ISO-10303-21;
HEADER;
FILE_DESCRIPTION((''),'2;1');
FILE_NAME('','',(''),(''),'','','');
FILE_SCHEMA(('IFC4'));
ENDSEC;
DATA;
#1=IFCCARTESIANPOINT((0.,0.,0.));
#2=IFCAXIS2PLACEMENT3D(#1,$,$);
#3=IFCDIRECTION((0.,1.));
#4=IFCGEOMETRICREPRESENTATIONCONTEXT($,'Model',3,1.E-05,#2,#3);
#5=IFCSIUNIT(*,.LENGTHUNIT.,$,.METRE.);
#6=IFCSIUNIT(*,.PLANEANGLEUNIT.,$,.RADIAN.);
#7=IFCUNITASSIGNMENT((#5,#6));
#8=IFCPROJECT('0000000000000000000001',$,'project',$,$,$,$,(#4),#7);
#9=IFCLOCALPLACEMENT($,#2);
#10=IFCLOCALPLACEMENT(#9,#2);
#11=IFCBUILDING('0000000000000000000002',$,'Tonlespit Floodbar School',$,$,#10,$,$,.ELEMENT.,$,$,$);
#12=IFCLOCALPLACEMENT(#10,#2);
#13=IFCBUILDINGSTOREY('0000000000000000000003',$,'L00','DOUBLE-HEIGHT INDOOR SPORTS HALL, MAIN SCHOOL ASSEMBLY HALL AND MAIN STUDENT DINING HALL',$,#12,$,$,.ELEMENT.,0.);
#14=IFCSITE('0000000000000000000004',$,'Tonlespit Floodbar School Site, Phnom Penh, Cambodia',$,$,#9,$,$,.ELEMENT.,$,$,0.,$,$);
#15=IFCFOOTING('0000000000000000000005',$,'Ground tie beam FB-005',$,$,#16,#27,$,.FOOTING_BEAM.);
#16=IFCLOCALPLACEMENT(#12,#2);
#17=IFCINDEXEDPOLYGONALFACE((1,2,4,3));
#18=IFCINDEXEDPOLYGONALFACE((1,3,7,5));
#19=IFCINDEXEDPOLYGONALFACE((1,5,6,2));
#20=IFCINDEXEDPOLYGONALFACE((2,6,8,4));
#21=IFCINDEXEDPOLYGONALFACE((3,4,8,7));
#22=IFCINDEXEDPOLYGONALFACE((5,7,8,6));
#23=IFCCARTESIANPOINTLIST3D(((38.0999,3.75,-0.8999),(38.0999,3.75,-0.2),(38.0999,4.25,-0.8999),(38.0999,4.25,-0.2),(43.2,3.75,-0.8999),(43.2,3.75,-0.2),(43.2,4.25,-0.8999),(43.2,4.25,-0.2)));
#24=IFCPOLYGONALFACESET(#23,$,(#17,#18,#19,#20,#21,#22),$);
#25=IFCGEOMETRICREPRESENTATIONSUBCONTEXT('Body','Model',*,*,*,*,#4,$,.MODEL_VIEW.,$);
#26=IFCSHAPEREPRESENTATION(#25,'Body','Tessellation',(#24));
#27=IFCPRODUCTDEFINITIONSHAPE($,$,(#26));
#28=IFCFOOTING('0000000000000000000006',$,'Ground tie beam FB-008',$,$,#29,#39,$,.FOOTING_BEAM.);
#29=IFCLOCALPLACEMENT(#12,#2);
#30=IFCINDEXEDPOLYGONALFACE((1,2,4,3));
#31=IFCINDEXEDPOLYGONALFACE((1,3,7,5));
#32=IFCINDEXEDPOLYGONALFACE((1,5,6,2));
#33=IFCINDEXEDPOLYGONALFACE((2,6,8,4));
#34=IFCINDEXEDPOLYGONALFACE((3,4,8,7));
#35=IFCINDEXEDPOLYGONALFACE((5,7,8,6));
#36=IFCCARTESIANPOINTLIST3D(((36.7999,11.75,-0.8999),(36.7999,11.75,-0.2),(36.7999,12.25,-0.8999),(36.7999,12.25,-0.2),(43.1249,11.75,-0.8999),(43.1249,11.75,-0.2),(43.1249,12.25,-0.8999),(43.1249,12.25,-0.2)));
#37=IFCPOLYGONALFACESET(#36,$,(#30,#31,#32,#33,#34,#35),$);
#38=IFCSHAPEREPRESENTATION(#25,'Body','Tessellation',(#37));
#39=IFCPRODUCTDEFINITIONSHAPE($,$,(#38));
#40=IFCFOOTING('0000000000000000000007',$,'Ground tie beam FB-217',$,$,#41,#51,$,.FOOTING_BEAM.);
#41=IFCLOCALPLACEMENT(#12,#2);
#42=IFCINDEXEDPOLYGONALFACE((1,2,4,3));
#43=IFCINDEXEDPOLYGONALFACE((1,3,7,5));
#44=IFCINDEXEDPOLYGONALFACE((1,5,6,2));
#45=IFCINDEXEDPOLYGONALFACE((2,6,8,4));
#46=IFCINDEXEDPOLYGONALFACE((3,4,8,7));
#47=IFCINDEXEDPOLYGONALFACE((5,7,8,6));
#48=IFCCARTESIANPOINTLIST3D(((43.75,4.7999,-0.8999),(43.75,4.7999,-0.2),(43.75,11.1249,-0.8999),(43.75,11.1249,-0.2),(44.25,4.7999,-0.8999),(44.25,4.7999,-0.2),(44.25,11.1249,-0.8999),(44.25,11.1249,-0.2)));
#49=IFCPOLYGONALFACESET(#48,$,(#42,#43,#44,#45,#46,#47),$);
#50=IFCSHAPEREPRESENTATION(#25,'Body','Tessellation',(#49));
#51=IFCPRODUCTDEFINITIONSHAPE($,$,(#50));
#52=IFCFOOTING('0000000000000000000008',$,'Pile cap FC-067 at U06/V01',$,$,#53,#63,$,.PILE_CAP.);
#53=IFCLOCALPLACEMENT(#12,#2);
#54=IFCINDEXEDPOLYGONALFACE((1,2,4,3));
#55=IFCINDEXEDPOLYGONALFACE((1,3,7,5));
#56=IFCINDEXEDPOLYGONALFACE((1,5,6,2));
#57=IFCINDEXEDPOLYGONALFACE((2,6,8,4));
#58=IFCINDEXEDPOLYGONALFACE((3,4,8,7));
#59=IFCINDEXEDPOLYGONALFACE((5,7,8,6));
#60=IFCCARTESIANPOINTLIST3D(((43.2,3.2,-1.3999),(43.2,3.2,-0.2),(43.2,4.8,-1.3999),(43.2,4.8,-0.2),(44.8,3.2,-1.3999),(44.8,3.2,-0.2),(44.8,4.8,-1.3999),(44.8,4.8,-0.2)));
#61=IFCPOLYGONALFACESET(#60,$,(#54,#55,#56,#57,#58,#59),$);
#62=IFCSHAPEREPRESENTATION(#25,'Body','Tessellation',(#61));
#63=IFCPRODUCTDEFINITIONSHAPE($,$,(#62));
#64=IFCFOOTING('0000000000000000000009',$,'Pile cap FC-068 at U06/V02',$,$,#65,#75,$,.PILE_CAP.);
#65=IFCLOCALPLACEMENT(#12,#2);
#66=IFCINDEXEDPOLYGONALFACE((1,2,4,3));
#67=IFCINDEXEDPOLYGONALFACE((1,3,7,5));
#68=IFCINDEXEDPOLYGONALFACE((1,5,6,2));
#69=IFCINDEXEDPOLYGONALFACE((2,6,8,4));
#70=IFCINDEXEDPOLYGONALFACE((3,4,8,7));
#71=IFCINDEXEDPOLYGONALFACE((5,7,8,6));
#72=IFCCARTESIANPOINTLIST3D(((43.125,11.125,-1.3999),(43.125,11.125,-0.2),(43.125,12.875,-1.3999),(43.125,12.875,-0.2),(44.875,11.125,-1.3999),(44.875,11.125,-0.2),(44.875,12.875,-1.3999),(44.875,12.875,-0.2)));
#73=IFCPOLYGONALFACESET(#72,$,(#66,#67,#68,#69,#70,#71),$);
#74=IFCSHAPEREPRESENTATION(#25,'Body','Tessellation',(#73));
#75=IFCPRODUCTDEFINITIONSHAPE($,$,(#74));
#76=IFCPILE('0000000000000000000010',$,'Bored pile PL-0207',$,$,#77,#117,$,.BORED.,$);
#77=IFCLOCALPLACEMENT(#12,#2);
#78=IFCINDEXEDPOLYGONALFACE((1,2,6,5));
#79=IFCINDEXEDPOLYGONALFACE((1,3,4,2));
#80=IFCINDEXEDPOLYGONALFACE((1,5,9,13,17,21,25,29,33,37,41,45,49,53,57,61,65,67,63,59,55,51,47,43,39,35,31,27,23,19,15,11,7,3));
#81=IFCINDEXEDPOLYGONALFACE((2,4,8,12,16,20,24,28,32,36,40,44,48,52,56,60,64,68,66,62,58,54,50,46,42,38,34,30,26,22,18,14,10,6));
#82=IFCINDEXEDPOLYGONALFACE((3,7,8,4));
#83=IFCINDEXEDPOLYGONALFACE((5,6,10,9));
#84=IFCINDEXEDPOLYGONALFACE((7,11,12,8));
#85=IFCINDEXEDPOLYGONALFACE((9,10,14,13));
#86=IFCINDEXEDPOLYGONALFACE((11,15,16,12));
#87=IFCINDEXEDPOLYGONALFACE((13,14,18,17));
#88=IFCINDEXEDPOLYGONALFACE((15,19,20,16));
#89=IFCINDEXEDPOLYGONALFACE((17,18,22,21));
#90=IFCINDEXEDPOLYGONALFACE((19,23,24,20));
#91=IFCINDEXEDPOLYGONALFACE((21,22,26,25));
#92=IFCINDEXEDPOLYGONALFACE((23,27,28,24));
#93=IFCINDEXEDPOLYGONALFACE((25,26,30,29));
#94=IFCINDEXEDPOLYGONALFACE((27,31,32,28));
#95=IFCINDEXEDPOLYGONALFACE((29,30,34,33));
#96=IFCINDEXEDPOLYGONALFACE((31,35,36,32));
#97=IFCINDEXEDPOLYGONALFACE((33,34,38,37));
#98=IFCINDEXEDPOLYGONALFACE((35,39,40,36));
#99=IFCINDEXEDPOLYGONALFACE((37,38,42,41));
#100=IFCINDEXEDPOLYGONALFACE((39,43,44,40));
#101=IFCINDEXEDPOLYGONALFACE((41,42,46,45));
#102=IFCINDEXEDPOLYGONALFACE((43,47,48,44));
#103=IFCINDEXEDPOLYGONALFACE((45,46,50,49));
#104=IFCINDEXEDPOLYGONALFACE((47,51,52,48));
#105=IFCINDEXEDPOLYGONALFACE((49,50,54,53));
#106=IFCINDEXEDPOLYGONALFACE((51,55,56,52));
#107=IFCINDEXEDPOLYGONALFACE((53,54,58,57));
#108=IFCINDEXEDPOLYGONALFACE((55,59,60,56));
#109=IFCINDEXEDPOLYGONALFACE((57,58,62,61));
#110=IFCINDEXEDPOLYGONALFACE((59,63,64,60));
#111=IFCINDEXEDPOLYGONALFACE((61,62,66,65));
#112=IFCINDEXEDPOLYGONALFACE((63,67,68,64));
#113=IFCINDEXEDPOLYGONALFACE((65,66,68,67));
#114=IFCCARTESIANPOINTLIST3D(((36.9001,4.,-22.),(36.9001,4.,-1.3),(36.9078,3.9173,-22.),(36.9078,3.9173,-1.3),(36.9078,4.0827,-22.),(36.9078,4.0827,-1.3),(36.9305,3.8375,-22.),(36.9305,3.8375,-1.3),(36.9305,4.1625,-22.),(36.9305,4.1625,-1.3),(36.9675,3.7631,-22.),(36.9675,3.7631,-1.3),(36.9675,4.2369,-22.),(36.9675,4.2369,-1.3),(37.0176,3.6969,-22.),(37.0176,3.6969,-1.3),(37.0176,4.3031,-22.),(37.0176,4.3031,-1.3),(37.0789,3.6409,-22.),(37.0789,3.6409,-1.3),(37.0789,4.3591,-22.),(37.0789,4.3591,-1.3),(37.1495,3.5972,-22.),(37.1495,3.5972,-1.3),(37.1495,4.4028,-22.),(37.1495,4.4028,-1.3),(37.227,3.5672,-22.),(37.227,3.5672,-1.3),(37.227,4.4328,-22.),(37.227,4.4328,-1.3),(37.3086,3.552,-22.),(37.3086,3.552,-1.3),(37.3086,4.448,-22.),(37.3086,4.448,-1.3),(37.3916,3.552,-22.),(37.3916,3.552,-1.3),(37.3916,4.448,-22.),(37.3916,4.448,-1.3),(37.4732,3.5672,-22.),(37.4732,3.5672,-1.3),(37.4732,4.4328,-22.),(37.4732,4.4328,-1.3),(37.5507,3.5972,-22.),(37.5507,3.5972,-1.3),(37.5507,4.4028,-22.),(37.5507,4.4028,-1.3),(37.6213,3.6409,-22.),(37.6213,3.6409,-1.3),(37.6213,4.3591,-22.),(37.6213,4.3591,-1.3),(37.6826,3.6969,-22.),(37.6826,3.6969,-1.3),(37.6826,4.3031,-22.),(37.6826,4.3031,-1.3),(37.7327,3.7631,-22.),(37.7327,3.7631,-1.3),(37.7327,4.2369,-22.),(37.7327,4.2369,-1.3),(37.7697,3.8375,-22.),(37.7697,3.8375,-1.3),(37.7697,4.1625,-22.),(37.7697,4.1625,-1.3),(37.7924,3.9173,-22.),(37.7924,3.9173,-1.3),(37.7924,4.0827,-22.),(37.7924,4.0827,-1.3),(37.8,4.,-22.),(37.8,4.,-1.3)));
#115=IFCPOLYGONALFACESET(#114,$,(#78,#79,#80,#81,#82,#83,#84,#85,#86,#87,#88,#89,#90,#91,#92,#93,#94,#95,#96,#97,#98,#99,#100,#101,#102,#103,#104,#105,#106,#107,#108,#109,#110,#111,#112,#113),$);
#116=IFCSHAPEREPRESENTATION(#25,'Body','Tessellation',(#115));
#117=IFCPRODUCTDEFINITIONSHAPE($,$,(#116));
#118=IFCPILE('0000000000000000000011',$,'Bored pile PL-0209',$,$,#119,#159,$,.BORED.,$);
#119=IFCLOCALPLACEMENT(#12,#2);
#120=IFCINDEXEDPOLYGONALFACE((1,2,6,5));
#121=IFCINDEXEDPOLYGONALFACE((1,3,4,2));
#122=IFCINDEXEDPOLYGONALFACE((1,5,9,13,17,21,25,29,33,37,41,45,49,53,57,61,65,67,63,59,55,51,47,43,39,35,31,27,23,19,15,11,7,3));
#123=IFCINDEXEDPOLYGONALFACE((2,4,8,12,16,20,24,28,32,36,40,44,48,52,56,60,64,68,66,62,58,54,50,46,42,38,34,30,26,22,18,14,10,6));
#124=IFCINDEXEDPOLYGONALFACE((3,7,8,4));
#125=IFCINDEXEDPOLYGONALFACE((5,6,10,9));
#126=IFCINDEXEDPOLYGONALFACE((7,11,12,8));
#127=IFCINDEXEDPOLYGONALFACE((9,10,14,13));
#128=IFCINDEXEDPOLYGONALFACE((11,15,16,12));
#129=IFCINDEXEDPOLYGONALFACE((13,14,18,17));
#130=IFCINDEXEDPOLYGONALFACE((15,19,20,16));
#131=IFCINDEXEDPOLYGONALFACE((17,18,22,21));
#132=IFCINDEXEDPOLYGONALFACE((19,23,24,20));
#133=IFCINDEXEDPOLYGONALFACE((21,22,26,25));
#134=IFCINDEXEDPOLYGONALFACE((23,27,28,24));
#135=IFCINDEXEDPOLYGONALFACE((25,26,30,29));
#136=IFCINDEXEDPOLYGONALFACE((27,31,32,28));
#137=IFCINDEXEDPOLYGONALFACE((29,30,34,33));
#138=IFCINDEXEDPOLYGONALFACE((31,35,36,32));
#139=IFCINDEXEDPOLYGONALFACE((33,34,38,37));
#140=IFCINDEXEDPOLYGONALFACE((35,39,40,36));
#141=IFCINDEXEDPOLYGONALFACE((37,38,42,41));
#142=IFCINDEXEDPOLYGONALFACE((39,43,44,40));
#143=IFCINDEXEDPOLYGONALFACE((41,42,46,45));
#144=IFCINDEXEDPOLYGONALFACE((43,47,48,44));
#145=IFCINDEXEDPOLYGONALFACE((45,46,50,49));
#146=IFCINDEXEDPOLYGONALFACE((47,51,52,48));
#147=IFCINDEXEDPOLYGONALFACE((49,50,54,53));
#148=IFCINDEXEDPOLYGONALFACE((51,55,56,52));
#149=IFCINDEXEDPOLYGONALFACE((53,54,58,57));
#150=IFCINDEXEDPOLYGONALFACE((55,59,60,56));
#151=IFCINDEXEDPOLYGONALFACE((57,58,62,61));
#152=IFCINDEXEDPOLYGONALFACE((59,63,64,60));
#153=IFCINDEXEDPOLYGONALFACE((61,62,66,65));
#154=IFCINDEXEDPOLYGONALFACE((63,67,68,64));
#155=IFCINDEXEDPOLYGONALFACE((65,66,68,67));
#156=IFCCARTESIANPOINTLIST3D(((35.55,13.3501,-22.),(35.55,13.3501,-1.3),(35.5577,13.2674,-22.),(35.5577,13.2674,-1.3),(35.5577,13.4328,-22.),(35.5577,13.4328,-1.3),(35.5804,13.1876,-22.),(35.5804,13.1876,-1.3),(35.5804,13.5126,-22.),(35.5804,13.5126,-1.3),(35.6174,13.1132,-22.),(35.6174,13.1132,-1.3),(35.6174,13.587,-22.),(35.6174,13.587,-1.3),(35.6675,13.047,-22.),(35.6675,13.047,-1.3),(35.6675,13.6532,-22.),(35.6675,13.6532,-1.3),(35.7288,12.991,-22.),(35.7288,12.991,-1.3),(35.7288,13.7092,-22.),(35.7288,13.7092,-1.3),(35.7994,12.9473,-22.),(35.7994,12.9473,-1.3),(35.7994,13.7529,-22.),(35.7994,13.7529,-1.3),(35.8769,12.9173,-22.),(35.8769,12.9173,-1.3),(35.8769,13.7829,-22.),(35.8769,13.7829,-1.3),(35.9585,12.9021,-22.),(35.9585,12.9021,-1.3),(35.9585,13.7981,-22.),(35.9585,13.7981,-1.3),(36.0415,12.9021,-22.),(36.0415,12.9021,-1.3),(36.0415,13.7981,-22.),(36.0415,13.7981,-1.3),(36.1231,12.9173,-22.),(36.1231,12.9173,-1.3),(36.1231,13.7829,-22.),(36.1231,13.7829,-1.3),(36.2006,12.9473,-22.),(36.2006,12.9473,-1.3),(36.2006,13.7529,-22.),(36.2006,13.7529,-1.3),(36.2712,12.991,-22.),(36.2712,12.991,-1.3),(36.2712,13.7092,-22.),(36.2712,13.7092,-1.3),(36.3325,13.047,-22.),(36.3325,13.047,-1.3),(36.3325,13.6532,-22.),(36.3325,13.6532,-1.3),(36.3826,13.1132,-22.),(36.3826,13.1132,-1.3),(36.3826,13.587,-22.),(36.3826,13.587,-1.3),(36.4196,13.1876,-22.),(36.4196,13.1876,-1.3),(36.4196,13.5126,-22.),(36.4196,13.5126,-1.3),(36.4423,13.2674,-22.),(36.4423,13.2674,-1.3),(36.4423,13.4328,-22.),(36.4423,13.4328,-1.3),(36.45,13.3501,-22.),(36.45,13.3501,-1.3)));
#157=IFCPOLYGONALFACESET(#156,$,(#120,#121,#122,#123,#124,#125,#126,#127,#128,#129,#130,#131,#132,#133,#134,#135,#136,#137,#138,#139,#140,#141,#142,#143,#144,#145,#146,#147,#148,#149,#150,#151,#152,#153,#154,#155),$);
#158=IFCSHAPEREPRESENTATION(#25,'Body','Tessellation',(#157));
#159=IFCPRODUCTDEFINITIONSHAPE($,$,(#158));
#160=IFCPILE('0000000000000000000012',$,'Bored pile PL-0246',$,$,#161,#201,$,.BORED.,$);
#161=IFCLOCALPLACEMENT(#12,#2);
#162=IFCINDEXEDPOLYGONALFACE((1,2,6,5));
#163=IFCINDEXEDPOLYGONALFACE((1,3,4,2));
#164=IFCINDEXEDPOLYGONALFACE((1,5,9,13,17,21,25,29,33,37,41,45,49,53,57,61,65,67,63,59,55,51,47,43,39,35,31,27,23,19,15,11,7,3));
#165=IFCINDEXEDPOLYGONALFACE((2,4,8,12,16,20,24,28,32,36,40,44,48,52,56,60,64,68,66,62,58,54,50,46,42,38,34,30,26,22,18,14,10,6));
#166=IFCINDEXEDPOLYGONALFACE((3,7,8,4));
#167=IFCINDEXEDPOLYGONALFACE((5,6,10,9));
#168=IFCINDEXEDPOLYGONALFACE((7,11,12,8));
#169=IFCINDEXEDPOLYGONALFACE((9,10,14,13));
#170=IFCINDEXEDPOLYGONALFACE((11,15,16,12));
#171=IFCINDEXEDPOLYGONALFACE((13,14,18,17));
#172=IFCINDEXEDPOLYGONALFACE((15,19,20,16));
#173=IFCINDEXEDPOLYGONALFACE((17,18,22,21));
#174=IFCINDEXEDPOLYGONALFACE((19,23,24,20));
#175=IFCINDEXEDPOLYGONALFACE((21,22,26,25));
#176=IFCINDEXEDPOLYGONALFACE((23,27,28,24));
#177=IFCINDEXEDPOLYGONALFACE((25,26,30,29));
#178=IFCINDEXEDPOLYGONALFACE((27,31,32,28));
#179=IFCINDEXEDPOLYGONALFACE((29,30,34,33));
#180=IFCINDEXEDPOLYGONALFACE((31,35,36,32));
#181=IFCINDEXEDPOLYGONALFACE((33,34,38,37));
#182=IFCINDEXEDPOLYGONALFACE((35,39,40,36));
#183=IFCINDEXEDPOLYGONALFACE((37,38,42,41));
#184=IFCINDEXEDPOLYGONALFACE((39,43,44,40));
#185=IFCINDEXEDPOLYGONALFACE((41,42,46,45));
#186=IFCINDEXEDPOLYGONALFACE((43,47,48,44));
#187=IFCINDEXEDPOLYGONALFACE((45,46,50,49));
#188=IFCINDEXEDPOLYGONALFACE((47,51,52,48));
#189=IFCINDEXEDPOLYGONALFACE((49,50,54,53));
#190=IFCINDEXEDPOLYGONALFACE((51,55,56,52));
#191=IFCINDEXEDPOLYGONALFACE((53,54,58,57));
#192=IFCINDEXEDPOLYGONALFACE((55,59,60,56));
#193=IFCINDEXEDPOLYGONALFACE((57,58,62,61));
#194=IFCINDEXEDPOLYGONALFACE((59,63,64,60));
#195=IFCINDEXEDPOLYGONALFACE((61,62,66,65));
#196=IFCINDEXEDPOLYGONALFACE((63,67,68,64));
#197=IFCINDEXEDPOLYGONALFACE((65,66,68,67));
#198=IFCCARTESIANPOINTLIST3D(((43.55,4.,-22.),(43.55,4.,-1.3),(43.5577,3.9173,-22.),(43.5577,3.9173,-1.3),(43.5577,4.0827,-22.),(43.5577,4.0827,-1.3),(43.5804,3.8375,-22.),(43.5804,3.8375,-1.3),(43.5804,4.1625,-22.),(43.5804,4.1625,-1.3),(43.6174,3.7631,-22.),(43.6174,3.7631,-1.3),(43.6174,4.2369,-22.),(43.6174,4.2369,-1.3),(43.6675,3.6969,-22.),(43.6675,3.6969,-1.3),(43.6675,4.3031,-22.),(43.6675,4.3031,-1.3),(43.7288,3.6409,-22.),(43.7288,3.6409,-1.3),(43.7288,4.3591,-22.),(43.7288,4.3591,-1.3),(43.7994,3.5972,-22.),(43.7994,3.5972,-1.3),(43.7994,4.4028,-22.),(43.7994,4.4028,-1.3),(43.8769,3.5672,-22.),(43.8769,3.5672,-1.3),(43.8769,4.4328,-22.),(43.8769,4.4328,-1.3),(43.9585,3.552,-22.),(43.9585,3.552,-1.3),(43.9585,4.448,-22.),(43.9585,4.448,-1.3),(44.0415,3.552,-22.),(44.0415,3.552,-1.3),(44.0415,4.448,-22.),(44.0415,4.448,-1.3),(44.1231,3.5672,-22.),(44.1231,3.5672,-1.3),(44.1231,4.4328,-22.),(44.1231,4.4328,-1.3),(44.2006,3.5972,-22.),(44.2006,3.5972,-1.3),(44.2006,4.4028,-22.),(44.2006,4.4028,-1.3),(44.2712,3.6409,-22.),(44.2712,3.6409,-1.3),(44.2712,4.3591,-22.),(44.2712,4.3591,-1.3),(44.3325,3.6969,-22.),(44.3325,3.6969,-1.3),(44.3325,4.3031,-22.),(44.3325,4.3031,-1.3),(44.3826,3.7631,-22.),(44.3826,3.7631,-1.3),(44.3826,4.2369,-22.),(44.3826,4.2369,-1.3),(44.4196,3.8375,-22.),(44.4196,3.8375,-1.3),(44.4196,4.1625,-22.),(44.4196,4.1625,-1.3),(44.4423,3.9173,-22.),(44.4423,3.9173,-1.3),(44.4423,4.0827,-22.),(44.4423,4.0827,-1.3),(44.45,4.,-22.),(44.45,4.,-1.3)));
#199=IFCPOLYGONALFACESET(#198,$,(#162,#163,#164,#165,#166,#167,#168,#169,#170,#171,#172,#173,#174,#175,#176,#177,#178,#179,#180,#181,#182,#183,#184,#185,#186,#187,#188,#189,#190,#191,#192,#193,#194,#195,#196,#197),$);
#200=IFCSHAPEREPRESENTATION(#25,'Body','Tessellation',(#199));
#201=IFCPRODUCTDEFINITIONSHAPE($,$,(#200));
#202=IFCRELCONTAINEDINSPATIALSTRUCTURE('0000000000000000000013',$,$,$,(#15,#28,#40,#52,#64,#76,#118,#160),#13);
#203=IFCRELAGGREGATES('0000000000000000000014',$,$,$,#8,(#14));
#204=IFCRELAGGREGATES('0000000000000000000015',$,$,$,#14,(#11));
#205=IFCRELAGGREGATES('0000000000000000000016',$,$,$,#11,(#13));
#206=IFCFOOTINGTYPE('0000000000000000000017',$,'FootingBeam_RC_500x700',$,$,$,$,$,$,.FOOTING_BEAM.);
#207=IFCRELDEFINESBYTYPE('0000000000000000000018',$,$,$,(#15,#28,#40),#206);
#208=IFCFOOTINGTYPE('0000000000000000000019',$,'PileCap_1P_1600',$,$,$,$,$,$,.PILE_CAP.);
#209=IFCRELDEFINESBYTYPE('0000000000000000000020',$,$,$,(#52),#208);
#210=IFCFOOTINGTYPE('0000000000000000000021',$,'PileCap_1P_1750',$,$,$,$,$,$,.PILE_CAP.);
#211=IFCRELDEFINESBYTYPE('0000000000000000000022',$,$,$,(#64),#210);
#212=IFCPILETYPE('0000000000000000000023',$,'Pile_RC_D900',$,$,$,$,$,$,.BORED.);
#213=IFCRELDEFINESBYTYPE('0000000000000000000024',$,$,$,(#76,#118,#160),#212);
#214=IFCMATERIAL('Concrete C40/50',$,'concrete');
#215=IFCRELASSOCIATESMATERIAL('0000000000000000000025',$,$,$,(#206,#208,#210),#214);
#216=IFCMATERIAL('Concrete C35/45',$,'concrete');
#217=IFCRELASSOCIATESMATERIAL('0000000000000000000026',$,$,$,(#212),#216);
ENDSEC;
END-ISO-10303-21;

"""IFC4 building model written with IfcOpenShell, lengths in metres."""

from ifc_helpers import new_model, si_unit, direction, frame, origin, origin_2d, place, context, subcontext, project, spatial, rectangle, circle, extrude, material, material_profile, profile_set, type_object, element, save


model = new_model("IFC4")

# Units and contexts
model_context = context("Model", 3, precision=1e-05, world=origin(), true_north=direction((0.0, 1.0)))
body_context = subcontext(model_context, "Body", "Model", "MODEL_VIEW")
ifc_project = project(units=[si_unit("LENGTHUNIT", "METRE"), si_unit("PLANEANGLEUNIT", "RADIAN")], contexts=[model_context])

# Site, building, storey
site_placement = place(None, origin())
site = spatial("IfcSite", under=ifc_project, at=site_placement, Name="Tonlespit Floodbar School Site, Phnom Penh, Cambodia", CompositionType="ELEMENT", RefElevation=0.0)
building_placement = place(site_placement, origin())
building = spatial("IfcBuilding", under=site, at=building_placement, Name="Tonlespit Floodbar School", CompositionType="ELEMENT")
storey_placement = place(building_placement, origin())
storey = spatial("IfcBuildingStorey", under=building, at=storey_placement, Name="L00", Description="DOUBLE-HEIGHT INDOOR SPORTS HALL, MAIN SCHOOL ASSEMBLY HALL AND MAIN STUDENT DINING HALL", CompositionType="ELEMENT", Elevation=0.0)

# Footings
ifc_material_1 = material(Name="Concrete C40/50", Category="concrete")
footing_type_1 = type_object("IfcFootingType", Name="FootingBeam_RC_500x700", PredefinedType="FOOTING_BEAM", material=ifc_material_1)
footing_1_placement = place(storey_placement, frame((40.6499, 4.0, -0.8999), z_axis=(0.0, 0.0, 1.0), x_axis=(1.0, 0.0, 0.0)))
element("IfcFooting", 1, at=footing_1_placement, inside=storey, type_object=footing_type_1, Name="Ground tie beam FB-005", PredefinedType="FOOTING_BEAM", context=body_context, shape_type="SweptSolid", body=[
    extrude(rectangle(XDim=5.1001, YDim=0.5, at=origin_2d()), origin(), (0.0, 0.0, 1.0), 0.7),
])
for number, where, z_axis, x_axis, name in (
    (2, (39.9624, 12.0, -0.8999), (0.0, 0.0, 1.0), (1.0, 0.0, 0.0), "Ground tie beam FB-008"),
    (3, (44.0, 7.9624, -0.8999), (0.0, 0.0, 1.0), (0.0, 1.0, 0.0), "Ground tie beam FB-217"),
):
    element("IfcFooting", number, at=place(storey_placement, frame(where, z_axis=z_axis, x_axis=x_axis)), inside=storey, type_object=footing_type_1, Name=name, PredefinedType="FOOTING_BEAM", context=body_context, shape_type="SweptSolid", body=[
        extrude(rectangle(XDim=6.325, YDim=0.5, at=origin_2d()), origin(), (0.0, 0.0, 1.0), 0.7),
    ])
footing_type_2 = type_object("IfcFootingType", Name="PileCap_1P_1600", PredefinedType="PILE_CAP", material=ifc_material_1)
footing_2_placement = place(storey_placement, frame((44.0, 4.0, -1.3999), z_axis=(0.0, 0.0, 1.0), x_axis=(1.0, 0.0, 0.0)))
element("IfcFooting", 4, at=footing_2_placement, inside=storey, type_object=footing_type_2, Name="Pile cap FC-067 at U06/V01", PredefinedType="PILE_CAP", context=body_context, shape_type="SweptSolid", body=[
    extrude(rectangle(XDim=1.6001, YDim=1.6001, at=origin_2d()), origin(), (0.0, 0.0, 1.0), 1.2),
])
footing_type_3 = type_object("IfcFootingType", Name="PileCap_1P_1750", PredefinedType="PILE_CAP", material=ifc_material_1)
footing_3_placement = place(storey_placement, frame((44.0, 12.0, -1.3999), z_axis=(0.0, 0.0, 1.0), x_axis=(1.0, 0.0, 0.0)))
element("IfcFooting", 5, at=footing_3_placement, inside=storey, type_object=footing_type_3, Name="Pile cap FC-068 at U06/V02", PredefinedType="PILE_CAP", context=body_context, shape_type="SweptSolid", body=[
    extrude(rectangle(XDim=1.75, YDim=1.75, at=origin_2d()), origin(), (0.0, 0.0, 1.0), 1.2),
])

# Piles
ifc_material_2 = material(Name="Concrete C35/45", Category="concrete")
ifc_material_profile_1 = material_profile(ifc_material_2, circle(Radius=0.45, at=origin_2d()), Name="BP D900")
ifc_profile_set_1 = profile_set([ifc_material_profile_1], Name="Concrete C35/45")
pile_type = type_object("IfcPileType", Name="Pile_RC_D900", PredefinedType="BORED", material=ifc_profile_set_1)
for number, where, z_axis, x_axis, name in (
    (6, (37.3501, 4.0, -1.3), (0.0, 0.0, -1.0), (1.0, 0.0, 0.0), "Bored pile PL-0207"),
    (7, (36.0, 13.3501, -1.3), (0.0, 0.0, -1.0), (1.0, 0.0, 0.0), "Bored pile PL-0209"),
    (8, (44.0, 4.0, -1.3), (0.0, 0.0, -1.0), (1.0, 0.0, 0.0), "Bored pile PL-0246"),
):
    element("IfcPile", number, at=place(storey_placement, frame(where, z_axis=z_axis, x_axis=x_axis)), inside=storey, type_object=pile_type, Name=name, PredefinedType="BORED", context=body_context, shape_type="SweptSolid", body=[
        extrude(circle(Radius=0.45, at=origin_2d()), origin(), (0.0, 0.0, 1.0), 20.7),
    ])

save(model, "model.ifc")
